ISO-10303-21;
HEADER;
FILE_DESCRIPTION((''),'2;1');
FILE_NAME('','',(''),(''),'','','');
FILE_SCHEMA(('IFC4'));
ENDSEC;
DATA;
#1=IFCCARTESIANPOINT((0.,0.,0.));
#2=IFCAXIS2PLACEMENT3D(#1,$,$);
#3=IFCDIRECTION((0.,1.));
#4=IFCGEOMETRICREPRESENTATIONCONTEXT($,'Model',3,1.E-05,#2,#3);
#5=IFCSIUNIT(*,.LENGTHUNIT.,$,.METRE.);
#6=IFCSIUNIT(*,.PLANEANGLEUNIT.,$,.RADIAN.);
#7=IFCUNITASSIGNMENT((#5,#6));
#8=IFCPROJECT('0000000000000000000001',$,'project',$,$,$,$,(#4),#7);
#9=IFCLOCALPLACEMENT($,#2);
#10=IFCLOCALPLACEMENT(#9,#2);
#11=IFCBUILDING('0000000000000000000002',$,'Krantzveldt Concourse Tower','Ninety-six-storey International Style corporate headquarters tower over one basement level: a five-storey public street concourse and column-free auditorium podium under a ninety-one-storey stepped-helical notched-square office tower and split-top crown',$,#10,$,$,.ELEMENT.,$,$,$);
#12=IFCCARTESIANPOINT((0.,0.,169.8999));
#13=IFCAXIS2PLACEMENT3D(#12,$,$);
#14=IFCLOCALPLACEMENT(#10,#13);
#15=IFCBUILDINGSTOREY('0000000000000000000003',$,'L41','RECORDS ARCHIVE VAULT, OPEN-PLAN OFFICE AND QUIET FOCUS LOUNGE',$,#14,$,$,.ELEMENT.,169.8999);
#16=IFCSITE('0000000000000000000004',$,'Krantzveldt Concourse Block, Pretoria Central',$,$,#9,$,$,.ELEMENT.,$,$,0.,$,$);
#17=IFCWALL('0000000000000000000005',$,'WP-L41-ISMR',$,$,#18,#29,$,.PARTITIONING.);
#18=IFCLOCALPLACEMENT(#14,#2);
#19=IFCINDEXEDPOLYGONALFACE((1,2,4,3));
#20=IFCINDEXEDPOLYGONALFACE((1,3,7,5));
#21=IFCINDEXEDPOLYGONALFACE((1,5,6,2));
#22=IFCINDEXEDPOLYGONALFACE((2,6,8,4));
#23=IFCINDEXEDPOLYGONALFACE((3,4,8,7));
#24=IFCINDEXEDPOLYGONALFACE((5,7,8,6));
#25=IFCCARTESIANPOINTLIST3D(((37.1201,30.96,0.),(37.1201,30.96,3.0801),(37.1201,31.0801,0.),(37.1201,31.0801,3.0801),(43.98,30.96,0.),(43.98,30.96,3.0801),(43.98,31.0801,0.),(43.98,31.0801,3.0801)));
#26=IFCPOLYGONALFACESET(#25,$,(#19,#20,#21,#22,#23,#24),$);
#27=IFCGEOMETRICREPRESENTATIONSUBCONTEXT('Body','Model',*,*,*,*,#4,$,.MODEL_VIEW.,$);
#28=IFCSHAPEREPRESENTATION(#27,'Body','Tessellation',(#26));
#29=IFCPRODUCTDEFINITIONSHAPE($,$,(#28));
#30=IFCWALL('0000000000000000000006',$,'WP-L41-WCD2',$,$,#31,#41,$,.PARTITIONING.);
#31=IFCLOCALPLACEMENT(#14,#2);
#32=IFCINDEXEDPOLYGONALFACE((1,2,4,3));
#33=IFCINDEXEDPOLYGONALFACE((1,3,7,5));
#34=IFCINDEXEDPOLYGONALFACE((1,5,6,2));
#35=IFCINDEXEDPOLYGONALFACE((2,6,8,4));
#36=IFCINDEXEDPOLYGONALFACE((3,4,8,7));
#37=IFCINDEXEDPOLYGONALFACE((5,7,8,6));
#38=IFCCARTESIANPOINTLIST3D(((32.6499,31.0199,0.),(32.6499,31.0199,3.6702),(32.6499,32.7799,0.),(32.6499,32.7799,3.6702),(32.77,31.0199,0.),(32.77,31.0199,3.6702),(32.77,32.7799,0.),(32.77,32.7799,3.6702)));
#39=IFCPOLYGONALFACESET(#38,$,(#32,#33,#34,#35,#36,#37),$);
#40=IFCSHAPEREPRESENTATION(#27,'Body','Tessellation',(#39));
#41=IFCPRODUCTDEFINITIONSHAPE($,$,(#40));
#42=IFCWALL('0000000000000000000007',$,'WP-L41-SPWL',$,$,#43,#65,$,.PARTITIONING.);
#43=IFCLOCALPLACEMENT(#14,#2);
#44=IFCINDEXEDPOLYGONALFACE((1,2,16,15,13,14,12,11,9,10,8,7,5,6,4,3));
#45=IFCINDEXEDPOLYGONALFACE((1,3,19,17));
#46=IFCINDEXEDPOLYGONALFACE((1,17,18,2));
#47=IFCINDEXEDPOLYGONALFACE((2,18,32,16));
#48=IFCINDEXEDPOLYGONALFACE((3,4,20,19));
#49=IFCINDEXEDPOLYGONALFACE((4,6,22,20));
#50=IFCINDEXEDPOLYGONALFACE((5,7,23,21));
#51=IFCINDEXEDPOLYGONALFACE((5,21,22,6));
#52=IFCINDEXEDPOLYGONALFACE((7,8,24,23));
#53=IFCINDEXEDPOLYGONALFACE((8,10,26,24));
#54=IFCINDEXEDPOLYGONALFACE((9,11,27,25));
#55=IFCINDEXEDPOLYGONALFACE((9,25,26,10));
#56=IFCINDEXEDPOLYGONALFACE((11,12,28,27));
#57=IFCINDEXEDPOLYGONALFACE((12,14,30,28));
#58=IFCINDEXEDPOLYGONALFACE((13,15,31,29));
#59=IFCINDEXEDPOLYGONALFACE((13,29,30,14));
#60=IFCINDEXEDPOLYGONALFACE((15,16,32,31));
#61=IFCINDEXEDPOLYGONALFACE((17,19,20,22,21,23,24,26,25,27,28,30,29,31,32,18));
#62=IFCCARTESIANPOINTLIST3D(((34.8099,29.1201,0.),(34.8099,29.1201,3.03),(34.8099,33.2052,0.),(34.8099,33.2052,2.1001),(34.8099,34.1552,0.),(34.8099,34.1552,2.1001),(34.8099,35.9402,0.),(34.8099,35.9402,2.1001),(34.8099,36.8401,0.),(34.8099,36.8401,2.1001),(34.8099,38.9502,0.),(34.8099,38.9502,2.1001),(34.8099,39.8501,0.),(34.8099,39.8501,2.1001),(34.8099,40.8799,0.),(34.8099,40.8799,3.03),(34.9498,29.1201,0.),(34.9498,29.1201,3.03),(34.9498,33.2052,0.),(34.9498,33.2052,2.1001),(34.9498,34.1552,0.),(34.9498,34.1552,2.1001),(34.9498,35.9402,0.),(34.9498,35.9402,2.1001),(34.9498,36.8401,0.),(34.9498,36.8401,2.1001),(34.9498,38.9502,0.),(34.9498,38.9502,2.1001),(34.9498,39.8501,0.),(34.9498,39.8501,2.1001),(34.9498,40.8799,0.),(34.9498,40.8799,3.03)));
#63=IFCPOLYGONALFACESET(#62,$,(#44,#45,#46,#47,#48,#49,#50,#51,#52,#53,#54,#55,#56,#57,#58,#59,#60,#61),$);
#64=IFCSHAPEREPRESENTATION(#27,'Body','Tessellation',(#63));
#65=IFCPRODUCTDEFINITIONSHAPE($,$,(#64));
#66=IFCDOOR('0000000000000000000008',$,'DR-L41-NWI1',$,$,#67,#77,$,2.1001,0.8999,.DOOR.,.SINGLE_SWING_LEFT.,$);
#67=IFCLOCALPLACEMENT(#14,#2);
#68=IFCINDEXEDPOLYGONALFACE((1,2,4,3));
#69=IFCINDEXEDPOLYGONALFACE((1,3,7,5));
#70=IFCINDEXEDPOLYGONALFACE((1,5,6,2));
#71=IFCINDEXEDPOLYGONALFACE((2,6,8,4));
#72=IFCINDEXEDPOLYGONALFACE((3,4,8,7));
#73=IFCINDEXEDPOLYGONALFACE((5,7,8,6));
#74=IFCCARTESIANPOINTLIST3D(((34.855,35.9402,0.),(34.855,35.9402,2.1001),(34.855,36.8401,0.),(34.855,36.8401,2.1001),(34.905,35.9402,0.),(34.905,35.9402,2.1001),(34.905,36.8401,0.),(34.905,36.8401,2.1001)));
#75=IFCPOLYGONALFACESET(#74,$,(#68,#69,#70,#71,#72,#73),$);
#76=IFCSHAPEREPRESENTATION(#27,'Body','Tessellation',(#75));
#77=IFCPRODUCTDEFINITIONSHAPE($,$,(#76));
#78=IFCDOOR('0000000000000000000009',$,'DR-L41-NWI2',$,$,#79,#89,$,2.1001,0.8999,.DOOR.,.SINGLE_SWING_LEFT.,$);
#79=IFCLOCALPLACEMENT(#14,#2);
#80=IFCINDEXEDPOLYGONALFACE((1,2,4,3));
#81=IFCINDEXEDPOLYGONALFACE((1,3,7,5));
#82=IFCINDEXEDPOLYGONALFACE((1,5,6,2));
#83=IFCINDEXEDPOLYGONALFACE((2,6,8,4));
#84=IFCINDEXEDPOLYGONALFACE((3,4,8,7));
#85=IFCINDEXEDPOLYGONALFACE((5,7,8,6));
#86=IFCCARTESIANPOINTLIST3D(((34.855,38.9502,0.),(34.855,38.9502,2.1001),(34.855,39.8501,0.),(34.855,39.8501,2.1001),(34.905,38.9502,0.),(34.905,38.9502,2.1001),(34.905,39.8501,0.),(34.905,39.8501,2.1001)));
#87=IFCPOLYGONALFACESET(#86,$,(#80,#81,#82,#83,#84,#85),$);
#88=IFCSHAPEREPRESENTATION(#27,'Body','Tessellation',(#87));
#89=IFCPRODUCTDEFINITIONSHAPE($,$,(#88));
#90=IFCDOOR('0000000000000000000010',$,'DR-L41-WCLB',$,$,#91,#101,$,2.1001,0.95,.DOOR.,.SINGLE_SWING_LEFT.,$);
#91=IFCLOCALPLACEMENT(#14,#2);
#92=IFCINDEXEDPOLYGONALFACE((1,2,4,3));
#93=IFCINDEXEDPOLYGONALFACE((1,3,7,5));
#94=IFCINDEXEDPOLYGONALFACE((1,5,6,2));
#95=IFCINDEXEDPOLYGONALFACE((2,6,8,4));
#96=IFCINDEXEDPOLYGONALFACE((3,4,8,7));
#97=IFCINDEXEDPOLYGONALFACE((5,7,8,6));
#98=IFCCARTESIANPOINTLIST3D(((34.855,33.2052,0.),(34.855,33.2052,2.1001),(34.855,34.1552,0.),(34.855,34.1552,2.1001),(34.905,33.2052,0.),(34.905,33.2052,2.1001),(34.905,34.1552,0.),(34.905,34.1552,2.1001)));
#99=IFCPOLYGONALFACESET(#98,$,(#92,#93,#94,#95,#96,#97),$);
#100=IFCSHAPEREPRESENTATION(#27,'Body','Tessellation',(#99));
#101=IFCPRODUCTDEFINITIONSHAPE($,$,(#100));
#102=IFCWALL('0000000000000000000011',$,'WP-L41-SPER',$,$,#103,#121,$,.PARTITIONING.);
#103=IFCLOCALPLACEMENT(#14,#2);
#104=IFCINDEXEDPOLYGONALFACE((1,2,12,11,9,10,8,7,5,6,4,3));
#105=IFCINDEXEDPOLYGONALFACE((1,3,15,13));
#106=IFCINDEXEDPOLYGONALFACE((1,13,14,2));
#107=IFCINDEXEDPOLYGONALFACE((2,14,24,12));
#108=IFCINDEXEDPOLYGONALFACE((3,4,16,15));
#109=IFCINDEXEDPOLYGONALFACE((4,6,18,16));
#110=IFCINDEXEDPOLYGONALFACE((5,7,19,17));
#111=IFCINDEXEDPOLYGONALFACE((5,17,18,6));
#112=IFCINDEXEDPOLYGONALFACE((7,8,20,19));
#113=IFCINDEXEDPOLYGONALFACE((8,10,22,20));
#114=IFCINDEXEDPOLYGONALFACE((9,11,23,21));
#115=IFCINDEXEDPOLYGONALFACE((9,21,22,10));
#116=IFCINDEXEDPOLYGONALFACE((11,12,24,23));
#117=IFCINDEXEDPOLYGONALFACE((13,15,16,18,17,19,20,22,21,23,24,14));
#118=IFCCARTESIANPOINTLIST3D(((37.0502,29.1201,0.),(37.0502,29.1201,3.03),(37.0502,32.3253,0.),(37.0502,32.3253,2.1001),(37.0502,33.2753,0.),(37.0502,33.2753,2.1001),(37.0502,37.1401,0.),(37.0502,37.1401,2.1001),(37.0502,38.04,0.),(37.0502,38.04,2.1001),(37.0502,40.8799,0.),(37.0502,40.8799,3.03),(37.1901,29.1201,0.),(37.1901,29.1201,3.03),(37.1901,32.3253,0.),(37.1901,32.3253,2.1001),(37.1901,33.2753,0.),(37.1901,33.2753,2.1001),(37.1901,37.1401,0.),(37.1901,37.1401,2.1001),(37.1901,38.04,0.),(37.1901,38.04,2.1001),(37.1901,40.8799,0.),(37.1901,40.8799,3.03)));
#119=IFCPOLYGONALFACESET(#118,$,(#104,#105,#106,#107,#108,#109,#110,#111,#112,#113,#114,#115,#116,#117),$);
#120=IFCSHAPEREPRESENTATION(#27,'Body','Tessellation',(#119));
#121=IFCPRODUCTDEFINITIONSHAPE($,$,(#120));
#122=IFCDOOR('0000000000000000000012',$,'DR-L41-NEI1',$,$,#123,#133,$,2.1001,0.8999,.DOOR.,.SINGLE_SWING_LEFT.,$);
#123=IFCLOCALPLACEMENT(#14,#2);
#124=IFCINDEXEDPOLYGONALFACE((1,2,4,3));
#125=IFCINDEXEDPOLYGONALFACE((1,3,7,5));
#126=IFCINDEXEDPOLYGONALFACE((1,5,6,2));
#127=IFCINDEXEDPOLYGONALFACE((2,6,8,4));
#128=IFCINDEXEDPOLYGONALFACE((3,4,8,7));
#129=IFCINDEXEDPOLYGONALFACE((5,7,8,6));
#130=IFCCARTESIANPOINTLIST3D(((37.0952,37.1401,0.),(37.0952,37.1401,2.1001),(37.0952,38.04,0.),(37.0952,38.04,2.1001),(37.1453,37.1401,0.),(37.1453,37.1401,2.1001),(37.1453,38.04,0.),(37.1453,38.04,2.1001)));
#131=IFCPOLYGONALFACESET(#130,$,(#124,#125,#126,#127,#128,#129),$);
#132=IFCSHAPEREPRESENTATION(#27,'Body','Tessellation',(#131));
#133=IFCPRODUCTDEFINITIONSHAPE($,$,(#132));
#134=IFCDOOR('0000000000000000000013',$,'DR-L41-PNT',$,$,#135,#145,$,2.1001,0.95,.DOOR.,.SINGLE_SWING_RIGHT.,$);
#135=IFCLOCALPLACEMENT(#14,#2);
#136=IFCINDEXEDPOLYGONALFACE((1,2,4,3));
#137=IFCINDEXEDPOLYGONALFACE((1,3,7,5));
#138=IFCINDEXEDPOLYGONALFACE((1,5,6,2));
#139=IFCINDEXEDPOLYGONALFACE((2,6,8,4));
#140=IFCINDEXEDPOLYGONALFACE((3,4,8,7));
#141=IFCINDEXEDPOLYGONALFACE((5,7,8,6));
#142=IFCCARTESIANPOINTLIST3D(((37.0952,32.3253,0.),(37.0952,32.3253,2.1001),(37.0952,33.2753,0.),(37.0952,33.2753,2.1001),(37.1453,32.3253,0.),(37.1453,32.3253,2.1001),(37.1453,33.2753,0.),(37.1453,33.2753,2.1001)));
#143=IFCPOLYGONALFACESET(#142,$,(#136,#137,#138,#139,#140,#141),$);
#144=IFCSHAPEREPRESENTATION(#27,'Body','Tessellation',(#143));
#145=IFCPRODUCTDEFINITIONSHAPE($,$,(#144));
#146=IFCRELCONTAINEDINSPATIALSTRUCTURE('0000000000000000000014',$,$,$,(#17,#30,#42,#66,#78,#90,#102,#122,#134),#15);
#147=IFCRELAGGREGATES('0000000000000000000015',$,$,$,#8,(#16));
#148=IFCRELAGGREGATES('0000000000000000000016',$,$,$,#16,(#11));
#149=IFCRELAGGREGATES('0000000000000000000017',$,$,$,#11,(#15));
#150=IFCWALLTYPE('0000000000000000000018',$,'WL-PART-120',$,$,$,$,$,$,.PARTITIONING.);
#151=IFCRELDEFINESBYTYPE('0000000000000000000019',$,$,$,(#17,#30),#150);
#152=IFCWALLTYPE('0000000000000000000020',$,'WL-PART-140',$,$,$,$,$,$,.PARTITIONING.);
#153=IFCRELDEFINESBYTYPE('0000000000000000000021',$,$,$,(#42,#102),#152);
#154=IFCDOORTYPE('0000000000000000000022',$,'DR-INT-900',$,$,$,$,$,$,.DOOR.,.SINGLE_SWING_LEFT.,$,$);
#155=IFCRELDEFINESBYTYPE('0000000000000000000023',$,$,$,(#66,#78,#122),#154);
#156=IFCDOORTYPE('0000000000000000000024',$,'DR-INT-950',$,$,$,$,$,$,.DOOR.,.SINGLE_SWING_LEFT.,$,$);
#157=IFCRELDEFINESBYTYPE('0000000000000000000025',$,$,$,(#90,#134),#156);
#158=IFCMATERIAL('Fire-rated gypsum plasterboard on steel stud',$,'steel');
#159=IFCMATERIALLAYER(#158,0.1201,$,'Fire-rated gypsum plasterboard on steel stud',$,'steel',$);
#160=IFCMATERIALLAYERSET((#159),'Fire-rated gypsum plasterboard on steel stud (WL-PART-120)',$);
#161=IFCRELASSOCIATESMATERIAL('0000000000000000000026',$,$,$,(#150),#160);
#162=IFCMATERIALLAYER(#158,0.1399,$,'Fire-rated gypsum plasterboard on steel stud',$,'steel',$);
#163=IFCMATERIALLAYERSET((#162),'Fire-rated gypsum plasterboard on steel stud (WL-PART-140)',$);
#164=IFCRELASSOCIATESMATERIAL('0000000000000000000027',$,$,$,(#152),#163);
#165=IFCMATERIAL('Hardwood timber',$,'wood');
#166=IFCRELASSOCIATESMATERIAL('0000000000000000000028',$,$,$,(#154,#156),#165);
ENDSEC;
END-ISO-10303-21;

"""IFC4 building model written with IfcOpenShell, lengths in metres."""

from ifc_helpers import new_model, si_unit, direction, frame, frame_2d, origin, place, context, subcontext, project, spatial, rectangle, extrude, material, layer, layer_set, type_object, element, fill, save


model = new_model("IFC4")

# Units and contexts
model_context = context("Model", 3, precision=1e-05, world=origin(), true_north=direction((0.0, 1.0)))
body_context = subcontext(model_context, "Body", "Model", "MODEL_VIEW")
ifc_project = project(units=[si_unit("LENGTHUNIT", "METRE"), si_unit("PLANEANGLEUNIT", "RADIAN")], contexts=[model_context])

# Site, building, storey
site_placement = place(None, origin())
site = spatial("IfcSite", under=ifc_project, at=site_placement, Name="Krantzveldt Concourse Block, Pretoria Central", CompositionType="ELEMENT", RefElevation=0.0)
building_placement = place(site_placement, origin())
building = spatial("IfcBuilding", under=site, at=building_placement, Name="Krantzveldt Concourse Tower", Description="Ninety-six-storey International Style corporate headquarters tower over one basement level: a five-storey public street concourse and column-free auditorium podium under a ninety-one-storey stepped-helical notched-square office tower and split-top crown", CompositionType="ELEMENT")
storey_placement = place(building_placement, frame((0.0, 0.0, 169.8999)))
storey = spatial("IfcBuildingStorey", under=building, at=storey_placement, Name="L41", Description="RECORDS ARCHIVE VAULT, OPEN-PLAN OFFICE AND QUIET FOCUS LOUNGE", CompositionType="ELEMENT", Elevation=169.8999)

# Walls
ifc_material_1 = material(Name="Fire-rated gypsum plasterboard on steel stud", Category="steel")
ifc_layer_1 = layer(ifc_material_1, 0.1201, Name="Fire-rated gypsum plasterboard on steel stud", Category="steel")
ifc_layer_set_1 = layer_set([ifc_layer_1], Name="Fire-rated gypsum plasterboard on steel stud (WL-PART-120)")
wall_type_1 = type_object("IfcWallType", Name="WL-PART-120", PredefinedType="PARTITIONING", material=ifc_layer_set_1)
wall_1_placement = place(storey_placement, frame((37.1201, 31.02, 0.0), z_axis=(0.0, 0.0, 1.0), x_axis=(1.0, 0.0, 0.0)))
element("IfcWall", 1, at=wall_1_placement, inside=storey, type_object=wall_type_1, Name="WP-L41-ISMR", PredefinedType="PARTITIONING", context=body_context, shape_type="SweptSolid", body=[
    extrude(rectangle(XDim=6.8599, YDim=0.1201, at=frame_2d((3.4299, 0.0))), origin(), (0.0, 0.0, 1.0), 3.0801),
])
wall_2_placement = place(storey_placement, frame((32.71, 31.02, 0.0), z_axis=(0.0, 0.0, 1.0), x_axis=(0.0, 1.0, 0.0)))
element("IfcWall", 2, at=wall_2_placement, inside=storey, type_object=wall_type_1, Name="WP-L41-WCD2", PredefinedType="PARTITIONING", context=body_context, shape_type="SweptSolid", body=[
    extrude(rectangle(XDim=1.76, YDim=0.1201, at=frame_2d((0.8799, 0.0))), origin(), (0.0, 0.0, 1.0), 3.6702),
])

# Walls, openings, doors
ifc_layer_2 = layer(ifc_material_1, 0.1399, Name="Fire-rated gypsum plasterboard on steel stud", Category="steel")
ifc_layer_set_2 = layer_set([ifc_layer_2], Name="Fire-rated gypsum plasterboard on steel stud (WL-PART-140)")
wall_type_2 = type_object("IfcWallType", Name="WL-PART-140", PredefinedType="PARTITIONING", material=ifc_layer_set_2)
wall_3_placement = place(storey_placement, frame((34.8799, 29.1201, 0.0), z_axis=(0.0, 0.0, 1.0), x_axis=(0.0, 1.0, 0.0)))
wall_3 = element("IfcWall", 3, at=wall_3_placement, inside=storey, type_object=wall_type_2, Name="WP-L41-SPWL", PredefinedType="PARTITIONING", context=body_context, shape_type="SweptSolid", body=[
    extrude(rectangle(XDim=11.7598, YDim=0.1399, at=frame_2d((5.8799, 0.0))), origin(), (0.0, 0.0, 1.0), 3.03),
])
opening_1_placement = place(wall_3_placement, frame((4.085, 0.0, 0.0)))
opening_1 = element("IfcOpeningElement", 4, at=opening_1_placement, cuts=wall_3, PredefinedType="OPENING", context=body_context, shape_type="SweptSolid", body=[
    extrude(rectangle(XDim=0.95, YDim=2.1001, at=frame_2d((0.4751, 1.05))), frame((0.0, 0.0801, 0.0), z_axis=(0.0, -1.0, 0.0), x_axis=(1.0, 0.0, 0.0)), (0.0, 0.0, 1.0), 0.1599),
])
opening_2_placement = place(wall_3_placement, frame((6.8201, 0.0, 0.0)))
opening_2 = element("IfcOpeningElement", 5, at=opening_2_placement, cuts=wall_3, PredefinedType="OPENING", context=body_context, shape_type="SweptSolid", body=[
    extrude(rectangle(XDim=0.8999, YDim=2.1001, at=frame_2d((0.45, 1.05))), frame((0.0, 0.0801, 0.0), z_axis=(0.0, -1.0, 0.0), x_axis=(1.0, 0.0, 0.0)), (0.0, 0.0, 1.0), 0.1599),
])
opening_3_placement = place(wall_3_placement, frame((9.8301, 0.0, 0.0)))
opening_3 = element("IfcOpeningElement", 6, at=opening_3_placement, cuts=wall_3, PredefinedType="OPENING", context=body_context, shape_type="SweptSolid", body=[
    extrude(rectangle(XDim=0.8999, YDim=2.1001, at=frame_2d((0.45, 1.05))), frame((0.0, 0.0801, 0.0), z_axis=(0.0, -1.0, 0.0), x_axis=(1.0, 0.0, 0.0)), (0.0, 0.0, 1.0), 0.1599),
])
ifc_material_2 = material(Name="Hardwood timber", Category="wood")
door_type_1 = type_object("IfcDoorType", Name="DR-INT-900", OperationType="SINGLE_SWING_LEFT", PredefinedType="DOOR", material=ifc_material_2)
door_1_placement = place(opening_2_placement, origin())
door_1 = element("IfcDoor", 7, at=door_1_placement, inside=storey, type_object=door_type_1, Name="DR-L41-NWI1", OperationType="SINGLE_SWING_LEFT", OverallHeight=2.1001, OverallWidth=0.8999, PredefinedType="DOOR", context=body_context, shape_type="SweptSolid", body=[
    extrude(rectangle(XDim=0.8999, YDim=2.1001, at=frame_2d((0.45, 1.05))), frame((0.0, 0.0249, 0.0), z_axis=(0.0, -1.0, 0.0), x_axis=(1.0, 0.0, 0.0)), (0.0, 0.0, 1.0), 0.05),
])
fill(opening_2, door_1)
door_2_placement = place(opening_3_placement, origin())
door_2 = element("IfcDoor", 8, at=door_2_placement, inside=storey, type_object=door_type_1, Name="DR-L41-NWI2", OperationType="SINGLE_SWING_LEFT", OverallHeight=2.1001, OverallWidth=0.8999, PredefinedType="DOOR", context=body_context, shape_type="SweptSolid", body=[
    extrude(rectangle(XDim=0.8999, YDim=2.1001, at=frame_2d((0.45, 1.05))), frame((0.0, 0.0249, 0.0), z_axis=(0.0, -1.0, 0.0), x_axis=(1.0, 0.0, 0.0)), (0.0, 0.0, 1.0), 0.05),
])
fill(opening_3, door_2)
door_type_2 = type_object("IfcDoorType", Name="DR-INT-950", OperationType="SINGLE_SWING_LEFT", PredefinedType="DOOR", material=ifc_material_2)
door_3_placement = place(opening_1_placement, origin())
door_3 = element("IfcDoor", 9, at=door_3_placement, inside=storey, type_object=door_type_2, Name="DR-L41-WCLB", OperationType="SINGLE_SWING_LEFT", OverallHeight=2.1001, OverallWidth=0.95, PredefinedType="DOOR", context=body_context, shape_type="SweptSolid", body=[
    extrude(rectangle(XDim=0.95, YDim=2.1001, at=frame_2d((0.4751, 1.05))), frame((0.0, 0.0249, 0.0), z_axis=(0.0, -1.0, 0.0), x_axis=(1.0, 0.0, 0.0)), (0.0, 0.0, 1.0), 0.05),
])
fill(opening_1, door_3)
wall_4_placement = place(storey_placement, frame((37.1201, 29.1201, 0.0), z_axis=(0.0, 0.0, 1.0), x_axis=(0.0, 1.0, 0.0)))
wall_4 = element("IfcWall", 10, at=wall_4_placement, inside=storey, type_object=wall_type_2, Name="WP-L41-SPER", PredefinedType="PARTITIONING", context=body_context, shape_type="SweptSolid", body=[
    extrude(rectangle(XDim=11.7598, YDim=0.1399, at=frame_2d((5.8799, 0.0))), origin(), (0.0, 0.0, 1.0), 3.03),
])
opening_4_placement = place(wall_4_placement, frame((3.2051, 0.0, 0.0)))
opening_4 = element("IfcOpeningElement", 11, at=opening_4_placement, cuts=wall_4, PredefinedType="OPENING", context=body_context, shape_type="SweptSolid", body=[
    extrude(rectangle(XDim=0.95, YDim=2.1001, at=frame_2d((0.4751, 1.05))), frame((0.0, 0.0801, 0.0), z_axis=(0.0, -1.0, 0.0), x_axis=(1.0, 0.0, 0.0)), (0.0, 0.0, 1.0), 0.1599),
])
opening_5_placement = place(wall_4_placement, frame((8.02, 0.0, 0.0)))
opening_5 = element("IfcOpeningElement", 12, at=opening_5_placement, cuts=wall_4, PredefinedType="OPENING", context=body_context, shape_type="SweptSolid", body=[
    extrude(rectangle(XDim=0.8999, YDim=2.1001, at=frame_2d((0.45, 1.05))), frame((0.0, 0.0801, 0.0), z_axis=(0.0, -1.0, 0.0), x_axis=(1.0, 0.0, 0.0)), (0.0, 0.0, 1.0), 0.1599),
])
door_4_placement = place(opening_5_placement, origin())
door_4 = element("IfcDoor", 13, at=door_4_placement, inside=storey, type_object=door_type_1, Name="DR-L41-NEI1", OperationType="SINGLE_SWING_LEFT", OverallHeight=2.1001, OverallWidth=0.8999, PredefinedType="DOOR", context=body_context, shape_type="SweptSolid", body=[
    extrude(rectangle(XDim=0.8999, YDim=2.1001, at=frame_2d((0.45, 1.05))), frame((0.0, 0.0249, 0.0), z_axis=(0.0, -1.0, 0.0), x_axis=(1.0, 0.0, 0.0)), (0.0, 0.0, 1.0), 0.05),
])
fill(opening_5, door_4)
door_5_placement = place(opening_4_placement, origin())
door_5 = element("IfcDoor", 14, at=door_5_placement, inside=storey, type_object=door_type_2, Name="DR-L41-PNT", OperationType="SINGLE_SWING_RIGHT", OverallHeight=2.1001, OverallWidth=0.95, PredefinedType="DOOR", context=body_context, shape_type="SweptSolid", body=[
    extrude(rectangle(XDim=0.95, YDim=2.1001, at=frame_2d((0.4751, 1.05))), frame((0.0, 0.0249, 0.0), z_axis=(0.0, -1.0, 0.0), x_axis=(1.0, 0.0, 0.0)), (0.0, 0.0, 1.0), 0.05),
])
fill(opening_4, door_5)

save(model, "model.ifc")
